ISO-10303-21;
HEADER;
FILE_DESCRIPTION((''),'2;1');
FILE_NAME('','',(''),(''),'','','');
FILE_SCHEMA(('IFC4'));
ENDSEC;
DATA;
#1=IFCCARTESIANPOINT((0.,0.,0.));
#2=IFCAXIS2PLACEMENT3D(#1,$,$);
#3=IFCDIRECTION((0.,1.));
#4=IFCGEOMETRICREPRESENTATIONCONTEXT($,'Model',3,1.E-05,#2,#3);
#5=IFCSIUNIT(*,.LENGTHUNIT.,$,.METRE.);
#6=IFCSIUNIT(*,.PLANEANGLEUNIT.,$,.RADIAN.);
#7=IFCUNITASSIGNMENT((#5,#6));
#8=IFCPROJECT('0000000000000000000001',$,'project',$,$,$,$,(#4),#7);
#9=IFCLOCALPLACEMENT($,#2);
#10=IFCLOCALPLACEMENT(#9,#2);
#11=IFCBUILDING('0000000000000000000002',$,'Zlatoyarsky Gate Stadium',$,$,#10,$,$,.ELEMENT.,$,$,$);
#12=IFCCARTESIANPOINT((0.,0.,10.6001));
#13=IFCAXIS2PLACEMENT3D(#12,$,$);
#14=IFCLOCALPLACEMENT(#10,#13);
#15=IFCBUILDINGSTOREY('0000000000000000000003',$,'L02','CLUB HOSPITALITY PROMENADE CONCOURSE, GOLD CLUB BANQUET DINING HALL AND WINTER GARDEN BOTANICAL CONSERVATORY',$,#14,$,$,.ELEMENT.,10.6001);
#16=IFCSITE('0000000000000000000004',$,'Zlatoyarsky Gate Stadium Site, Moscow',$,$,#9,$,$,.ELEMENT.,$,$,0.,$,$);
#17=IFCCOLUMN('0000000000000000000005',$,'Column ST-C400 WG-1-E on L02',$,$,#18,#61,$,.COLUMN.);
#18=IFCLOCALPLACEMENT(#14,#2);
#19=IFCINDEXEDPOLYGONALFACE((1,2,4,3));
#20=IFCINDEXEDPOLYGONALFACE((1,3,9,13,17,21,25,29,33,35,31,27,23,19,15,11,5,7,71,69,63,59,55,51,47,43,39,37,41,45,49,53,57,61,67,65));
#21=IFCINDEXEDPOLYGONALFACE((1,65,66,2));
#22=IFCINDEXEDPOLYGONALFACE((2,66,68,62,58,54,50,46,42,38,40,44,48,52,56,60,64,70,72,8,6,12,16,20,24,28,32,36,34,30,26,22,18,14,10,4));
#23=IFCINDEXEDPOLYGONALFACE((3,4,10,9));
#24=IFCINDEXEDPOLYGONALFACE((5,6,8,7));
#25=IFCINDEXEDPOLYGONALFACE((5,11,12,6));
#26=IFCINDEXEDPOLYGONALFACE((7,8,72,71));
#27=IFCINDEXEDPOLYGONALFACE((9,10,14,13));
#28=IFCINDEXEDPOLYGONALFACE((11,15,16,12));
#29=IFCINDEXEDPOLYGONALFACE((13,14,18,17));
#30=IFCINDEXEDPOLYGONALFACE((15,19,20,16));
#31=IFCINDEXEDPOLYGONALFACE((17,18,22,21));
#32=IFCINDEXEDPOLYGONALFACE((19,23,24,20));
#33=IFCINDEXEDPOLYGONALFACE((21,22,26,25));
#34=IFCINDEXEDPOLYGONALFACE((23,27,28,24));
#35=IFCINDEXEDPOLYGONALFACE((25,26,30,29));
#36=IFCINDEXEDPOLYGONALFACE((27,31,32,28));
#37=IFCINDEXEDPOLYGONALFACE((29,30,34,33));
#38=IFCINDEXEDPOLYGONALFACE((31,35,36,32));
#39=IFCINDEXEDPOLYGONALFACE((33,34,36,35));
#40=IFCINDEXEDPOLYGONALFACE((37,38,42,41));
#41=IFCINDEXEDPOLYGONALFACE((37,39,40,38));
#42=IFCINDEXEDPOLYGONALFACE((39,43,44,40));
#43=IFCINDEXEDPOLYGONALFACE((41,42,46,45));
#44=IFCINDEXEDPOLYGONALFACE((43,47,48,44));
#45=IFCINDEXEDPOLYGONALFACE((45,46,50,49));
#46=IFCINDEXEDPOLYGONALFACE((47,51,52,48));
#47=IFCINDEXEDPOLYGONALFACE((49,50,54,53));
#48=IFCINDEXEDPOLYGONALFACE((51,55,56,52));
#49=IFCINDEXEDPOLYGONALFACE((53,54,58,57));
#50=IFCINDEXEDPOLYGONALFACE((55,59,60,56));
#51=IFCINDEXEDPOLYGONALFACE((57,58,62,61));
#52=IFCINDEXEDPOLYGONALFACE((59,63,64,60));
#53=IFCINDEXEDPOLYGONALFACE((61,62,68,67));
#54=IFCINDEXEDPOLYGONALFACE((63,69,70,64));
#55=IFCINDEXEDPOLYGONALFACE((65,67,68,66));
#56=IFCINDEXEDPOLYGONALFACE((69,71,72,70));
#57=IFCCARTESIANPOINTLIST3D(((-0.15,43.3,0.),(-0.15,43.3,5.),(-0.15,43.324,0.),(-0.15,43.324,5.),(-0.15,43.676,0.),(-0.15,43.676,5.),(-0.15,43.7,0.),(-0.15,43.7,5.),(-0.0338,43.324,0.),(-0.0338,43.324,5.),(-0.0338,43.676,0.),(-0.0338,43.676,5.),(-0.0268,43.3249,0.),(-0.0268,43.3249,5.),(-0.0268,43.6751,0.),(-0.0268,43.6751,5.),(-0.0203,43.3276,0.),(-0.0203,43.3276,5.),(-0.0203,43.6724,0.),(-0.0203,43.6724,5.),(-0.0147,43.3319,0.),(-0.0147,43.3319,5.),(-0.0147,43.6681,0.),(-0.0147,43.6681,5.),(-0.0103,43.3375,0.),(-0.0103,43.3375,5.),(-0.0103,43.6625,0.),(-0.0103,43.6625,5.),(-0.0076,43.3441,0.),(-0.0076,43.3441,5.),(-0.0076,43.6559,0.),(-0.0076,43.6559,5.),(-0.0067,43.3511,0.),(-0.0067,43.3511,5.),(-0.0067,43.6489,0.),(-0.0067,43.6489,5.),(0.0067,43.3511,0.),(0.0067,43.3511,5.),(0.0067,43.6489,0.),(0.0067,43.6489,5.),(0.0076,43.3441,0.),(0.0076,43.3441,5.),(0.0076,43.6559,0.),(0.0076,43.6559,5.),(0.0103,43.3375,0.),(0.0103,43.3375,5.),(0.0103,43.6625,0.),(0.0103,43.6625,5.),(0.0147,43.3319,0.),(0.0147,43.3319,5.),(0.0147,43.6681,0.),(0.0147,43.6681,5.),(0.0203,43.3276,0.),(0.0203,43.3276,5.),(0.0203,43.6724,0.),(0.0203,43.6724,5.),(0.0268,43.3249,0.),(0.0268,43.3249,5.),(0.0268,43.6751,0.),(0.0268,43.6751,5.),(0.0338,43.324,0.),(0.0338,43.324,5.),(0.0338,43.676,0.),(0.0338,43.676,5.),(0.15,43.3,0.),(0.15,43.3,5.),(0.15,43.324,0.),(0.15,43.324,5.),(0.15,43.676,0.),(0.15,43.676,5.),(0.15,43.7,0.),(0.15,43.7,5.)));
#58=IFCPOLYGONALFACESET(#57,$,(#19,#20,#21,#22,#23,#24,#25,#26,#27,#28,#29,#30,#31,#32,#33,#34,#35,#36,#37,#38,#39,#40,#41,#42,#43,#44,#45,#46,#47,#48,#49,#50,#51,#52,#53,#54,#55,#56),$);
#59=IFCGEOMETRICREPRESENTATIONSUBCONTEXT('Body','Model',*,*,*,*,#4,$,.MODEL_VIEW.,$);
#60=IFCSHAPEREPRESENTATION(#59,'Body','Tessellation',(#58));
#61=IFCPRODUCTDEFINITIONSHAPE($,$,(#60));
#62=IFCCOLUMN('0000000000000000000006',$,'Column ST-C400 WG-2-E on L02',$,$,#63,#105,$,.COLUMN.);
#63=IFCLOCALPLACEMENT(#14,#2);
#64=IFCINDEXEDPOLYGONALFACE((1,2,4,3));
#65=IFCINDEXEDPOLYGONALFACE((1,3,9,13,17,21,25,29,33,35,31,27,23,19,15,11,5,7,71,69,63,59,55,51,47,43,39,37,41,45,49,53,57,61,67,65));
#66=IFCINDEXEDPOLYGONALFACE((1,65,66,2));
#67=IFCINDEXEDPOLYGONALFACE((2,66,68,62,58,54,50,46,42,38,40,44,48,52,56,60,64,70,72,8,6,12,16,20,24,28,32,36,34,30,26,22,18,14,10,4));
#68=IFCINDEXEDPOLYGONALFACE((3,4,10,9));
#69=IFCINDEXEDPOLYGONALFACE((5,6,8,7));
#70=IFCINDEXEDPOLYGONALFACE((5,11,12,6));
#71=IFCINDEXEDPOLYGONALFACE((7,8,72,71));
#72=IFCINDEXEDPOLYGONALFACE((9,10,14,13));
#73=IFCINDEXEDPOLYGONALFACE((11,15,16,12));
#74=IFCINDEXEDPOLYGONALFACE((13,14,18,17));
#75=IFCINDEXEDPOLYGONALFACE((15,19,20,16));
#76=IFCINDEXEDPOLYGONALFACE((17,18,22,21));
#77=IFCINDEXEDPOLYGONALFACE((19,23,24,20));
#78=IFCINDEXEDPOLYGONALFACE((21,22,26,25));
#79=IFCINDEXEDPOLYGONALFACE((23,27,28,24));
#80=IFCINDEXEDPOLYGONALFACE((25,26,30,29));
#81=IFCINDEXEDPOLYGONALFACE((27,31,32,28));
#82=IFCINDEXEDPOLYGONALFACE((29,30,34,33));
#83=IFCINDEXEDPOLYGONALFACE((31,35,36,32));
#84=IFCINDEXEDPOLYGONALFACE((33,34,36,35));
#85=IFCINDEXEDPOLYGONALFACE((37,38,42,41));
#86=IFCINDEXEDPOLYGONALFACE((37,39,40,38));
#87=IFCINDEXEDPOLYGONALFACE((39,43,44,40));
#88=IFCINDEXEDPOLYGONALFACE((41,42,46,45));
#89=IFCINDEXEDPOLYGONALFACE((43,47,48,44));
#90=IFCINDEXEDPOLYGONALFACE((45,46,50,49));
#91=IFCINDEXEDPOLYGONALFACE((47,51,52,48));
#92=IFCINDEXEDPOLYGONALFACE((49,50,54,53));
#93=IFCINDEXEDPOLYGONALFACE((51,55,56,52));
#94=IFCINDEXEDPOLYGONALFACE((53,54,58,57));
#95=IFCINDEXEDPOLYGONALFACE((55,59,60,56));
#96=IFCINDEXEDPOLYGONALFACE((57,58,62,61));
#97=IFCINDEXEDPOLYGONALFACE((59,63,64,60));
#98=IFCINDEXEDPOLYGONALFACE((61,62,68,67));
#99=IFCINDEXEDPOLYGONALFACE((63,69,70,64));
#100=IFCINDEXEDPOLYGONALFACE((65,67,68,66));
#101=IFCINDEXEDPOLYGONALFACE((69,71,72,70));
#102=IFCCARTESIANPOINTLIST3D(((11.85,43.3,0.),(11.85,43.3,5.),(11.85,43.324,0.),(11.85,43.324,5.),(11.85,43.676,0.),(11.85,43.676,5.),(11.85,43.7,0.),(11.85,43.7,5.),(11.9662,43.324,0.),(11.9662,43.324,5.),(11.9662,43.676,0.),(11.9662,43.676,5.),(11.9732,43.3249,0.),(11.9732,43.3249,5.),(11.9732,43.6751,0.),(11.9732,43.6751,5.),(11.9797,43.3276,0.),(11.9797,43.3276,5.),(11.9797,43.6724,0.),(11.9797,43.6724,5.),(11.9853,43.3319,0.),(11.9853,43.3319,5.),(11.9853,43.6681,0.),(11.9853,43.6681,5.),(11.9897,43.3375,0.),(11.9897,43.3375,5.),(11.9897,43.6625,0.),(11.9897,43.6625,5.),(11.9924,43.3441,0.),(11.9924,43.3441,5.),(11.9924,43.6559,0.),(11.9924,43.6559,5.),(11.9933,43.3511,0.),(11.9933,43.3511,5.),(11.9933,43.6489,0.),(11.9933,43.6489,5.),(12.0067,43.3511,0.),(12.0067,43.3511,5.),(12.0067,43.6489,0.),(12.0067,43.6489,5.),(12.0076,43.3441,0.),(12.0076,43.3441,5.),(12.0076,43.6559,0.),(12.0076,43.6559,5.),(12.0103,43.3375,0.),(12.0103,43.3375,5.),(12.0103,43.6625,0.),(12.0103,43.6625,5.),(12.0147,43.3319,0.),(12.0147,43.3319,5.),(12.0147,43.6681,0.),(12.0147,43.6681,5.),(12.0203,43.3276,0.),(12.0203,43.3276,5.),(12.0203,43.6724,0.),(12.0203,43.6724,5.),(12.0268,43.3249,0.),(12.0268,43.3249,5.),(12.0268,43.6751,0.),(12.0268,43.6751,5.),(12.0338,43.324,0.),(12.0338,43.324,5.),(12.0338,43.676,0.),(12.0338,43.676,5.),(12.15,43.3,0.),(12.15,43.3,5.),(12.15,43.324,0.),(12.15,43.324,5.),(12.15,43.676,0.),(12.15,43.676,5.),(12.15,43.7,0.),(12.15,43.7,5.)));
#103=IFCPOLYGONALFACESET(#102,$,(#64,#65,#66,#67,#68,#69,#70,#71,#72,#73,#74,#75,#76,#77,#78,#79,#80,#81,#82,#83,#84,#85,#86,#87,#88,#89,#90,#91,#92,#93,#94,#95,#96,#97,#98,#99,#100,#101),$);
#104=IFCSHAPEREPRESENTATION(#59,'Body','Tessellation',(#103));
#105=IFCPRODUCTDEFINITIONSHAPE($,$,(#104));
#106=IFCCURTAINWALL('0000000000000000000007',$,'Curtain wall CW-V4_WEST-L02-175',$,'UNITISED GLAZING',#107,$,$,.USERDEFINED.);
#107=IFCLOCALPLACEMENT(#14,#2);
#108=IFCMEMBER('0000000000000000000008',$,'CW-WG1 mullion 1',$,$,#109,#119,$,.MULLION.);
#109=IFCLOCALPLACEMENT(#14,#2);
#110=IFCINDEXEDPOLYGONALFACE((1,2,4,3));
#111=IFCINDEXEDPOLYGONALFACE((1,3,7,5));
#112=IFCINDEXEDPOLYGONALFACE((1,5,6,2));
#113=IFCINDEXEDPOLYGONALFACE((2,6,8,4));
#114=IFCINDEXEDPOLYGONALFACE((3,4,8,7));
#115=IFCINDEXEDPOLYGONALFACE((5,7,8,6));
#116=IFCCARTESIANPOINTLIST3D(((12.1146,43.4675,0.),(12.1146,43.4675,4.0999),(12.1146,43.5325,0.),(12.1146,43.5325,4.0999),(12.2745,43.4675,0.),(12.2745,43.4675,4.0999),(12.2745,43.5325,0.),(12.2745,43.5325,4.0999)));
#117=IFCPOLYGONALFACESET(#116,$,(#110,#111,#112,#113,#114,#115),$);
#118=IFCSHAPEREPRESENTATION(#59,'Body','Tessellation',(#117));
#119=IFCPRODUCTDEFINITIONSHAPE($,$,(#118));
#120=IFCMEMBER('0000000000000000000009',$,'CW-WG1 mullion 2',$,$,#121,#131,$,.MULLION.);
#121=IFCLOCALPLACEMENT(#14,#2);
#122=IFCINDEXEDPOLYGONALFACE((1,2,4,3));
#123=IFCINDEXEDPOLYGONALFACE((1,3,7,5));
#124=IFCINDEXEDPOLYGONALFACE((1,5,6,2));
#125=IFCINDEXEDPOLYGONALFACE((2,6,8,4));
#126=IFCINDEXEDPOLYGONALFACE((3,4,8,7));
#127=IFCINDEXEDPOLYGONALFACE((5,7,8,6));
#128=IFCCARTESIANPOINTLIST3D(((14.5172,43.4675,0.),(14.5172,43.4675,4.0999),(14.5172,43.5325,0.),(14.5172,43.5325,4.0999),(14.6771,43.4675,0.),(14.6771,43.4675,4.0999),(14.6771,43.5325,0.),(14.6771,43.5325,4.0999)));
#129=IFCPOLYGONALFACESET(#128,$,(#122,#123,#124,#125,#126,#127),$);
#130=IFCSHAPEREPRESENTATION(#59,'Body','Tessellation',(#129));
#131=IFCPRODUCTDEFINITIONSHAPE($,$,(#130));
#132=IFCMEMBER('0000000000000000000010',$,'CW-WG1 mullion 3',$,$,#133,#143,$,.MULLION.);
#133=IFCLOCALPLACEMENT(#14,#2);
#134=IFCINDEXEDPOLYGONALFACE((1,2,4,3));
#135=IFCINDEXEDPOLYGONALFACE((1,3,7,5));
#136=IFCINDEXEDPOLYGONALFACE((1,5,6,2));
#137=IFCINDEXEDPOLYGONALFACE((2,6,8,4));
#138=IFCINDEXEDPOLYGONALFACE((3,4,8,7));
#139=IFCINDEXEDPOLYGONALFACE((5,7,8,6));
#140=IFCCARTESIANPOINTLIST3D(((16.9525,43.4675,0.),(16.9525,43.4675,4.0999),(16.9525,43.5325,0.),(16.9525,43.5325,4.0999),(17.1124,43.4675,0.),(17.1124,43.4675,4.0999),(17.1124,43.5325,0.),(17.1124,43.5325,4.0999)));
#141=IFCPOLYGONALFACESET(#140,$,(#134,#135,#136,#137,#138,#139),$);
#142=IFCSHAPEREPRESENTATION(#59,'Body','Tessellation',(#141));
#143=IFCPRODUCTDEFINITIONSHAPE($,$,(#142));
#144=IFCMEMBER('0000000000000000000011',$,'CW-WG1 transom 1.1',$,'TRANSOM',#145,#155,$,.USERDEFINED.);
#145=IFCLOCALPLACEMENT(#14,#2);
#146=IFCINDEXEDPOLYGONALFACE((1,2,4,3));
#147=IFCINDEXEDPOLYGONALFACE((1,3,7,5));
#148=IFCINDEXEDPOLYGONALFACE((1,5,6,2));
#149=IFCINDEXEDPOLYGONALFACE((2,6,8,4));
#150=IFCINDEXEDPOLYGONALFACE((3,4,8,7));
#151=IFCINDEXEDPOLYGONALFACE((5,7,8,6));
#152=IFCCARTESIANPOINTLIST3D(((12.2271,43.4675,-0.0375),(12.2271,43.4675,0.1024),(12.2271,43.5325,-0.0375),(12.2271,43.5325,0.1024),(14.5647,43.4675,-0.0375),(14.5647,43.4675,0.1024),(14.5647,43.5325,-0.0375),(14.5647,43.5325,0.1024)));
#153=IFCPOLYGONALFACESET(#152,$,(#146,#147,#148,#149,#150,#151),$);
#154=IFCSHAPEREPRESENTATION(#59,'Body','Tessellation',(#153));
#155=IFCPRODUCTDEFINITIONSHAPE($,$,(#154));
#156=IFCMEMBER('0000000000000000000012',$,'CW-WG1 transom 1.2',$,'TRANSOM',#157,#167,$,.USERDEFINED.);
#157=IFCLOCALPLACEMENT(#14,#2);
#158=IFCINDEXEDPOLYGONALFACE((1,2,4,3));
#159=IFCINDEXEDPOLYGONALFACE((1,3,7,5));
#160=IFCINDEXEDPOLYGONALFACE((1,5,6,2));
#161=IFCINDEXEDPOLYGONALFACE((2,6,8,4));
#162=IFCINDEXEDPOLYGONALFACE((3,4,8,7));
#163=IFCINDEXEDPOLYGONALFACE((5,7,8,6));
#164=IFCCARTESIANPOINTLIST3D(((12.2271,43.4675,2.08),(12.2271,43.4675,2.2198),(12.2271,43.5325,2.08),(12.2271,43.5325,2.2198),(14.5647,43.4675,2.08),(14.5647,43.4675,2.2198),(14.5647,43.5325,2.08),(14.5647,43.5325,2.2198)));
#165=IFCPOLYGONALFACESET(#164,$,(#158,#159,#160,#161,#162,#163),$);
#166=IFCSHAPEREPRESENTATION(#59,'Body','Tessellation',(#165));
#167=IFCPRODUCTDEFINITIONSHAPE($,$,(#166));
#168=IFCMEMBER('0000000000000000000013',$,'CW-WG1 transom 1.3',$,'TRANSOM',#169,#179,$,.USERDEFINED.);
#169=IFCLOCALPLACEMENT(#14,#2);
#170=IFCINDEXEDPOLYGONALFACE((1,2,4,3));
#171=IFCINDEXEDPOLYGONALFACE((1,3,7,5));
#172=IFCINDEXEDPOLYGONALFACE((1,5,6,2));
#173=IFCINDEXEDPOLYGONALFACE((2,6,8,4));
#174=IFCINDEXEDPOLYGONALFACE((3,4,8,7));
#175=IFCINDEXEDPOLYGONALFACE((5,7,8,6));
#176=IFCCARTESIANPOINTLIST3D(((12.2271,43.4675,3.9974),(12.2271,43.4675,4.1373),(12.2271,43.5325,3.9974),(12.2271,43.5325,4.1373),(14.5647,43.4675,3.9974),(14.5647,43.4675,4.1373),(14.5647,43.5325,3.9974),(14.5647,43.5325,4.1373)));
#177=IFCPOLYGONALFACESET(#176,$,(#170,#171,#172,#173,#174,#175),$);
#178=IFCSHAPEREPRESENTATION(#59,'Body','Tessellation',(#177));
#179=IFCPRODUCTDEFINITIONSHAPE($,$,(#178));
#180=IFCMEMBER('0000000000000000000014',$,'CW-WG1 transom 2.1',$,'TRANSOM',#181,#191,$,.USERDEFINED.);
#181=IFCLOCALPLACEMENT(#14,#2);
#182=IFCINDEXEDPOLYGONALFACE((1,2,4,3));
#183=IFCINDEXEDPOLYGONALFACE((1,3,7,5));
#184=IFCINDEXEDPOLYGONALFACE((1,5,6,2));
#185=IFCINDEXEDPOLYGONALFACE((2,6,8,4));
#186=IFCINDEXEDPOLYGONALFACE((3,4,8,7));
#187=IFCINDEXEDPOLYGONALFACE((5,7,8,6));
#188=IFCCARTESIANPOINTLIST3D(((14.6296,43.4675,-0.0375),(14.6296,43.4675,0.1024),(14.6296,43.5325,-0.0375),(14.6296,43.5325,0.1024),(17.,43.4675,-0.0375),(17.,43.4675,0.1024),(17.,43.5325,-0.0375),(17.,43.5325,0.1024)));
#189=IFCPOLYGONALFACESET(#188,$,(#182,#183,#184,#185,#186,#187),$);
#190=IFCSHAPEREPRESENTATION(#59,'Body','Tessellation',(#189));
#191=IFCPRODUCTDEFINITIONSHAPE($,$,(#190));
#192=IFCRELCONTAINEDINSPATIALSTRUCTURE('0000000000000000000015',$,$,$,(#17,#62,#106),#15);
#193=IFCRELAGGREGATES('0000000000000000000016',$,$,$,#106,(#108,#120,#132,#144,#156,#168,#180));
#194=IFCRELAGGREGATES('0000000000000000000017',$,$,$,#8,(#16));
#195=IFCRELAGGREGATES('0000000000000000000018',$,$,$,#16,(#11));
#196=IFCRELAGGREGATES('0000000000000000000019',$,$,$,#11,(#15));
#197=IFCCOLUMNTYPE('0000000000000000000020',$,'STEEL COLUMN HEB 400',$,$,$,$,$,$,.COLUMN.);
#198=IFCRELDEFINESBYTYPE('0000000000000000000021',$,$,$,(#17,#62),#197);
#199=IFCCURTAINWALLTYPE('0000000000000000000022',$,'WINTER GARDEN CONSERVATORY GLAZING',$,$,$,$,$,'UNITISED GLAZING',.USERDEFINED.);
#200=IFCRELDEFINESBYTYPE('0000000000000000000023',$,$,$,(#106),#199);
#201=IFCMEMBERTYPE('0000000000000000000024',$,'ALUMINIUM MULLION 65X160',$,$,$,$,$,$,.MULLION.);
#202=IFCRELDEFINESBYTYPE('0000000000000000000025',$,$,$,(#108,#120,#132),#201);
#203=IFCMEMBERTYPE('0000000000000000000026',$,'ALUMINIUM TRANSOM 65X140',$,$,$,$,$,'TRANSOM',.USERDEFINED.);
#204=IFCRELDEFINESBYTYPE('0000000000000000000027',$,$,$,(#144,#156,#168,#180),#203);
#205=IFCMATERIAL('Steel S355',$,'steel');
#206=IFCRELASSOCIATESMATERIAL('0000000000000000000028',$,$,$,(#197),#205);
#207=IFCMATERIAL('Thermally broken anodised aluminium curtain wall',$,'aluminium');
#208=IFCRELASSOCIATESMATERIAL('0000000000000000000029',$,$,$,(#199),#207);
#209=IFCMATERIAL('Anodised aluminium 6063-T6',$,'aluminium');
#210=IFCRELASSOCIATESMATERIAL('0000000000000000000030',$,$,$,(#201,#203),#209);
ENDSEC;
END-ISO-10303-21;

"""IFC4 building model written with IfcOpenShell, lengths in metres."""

from ifc_helpers import new_model, si_unit, direction, frame, origin, origin_2d, place, context, subcontext, project, spatial, rectangle, i_section, extrude, material, material_profile, profile_set, type_object, element, aggregate, save


model = new_model("IFC4")

# Units and contexts
model_context = context("Model", 3, precision=1e-05, world=origin(), true_north=direction((0.0, 1.0)))
body_context = subcontext(model_context, "Body", "Model", "MODEL_VIEW")
ifc_project = project(units=[si_unit("LENGTHUNIT", "METRE"), si_unit("PLANEANGLEUNIT", "RADIAN")], contexts=[model_context])

# Site, building, storey
site_placement = place(None, origin())
site = spatial("IfcSite", under=ifc_project, at=site_placement, Name="Zlatoyarsky Gate Stadium Site, Moscow", CompositionType="ELEMENT", RefElevation=0.0)
building_placement = place(site_placement, origin())
building = spatial("IfcBuilding", under=site, at=building_placement, Name="Zlatoyarsky Gate Stadium", CompositionType="ELEMENT")
storey_placement = place(building_placement, frame((0.0, 0.0, 10.6001)))
storey = spatial("IfcBuildingStorey", under=building, at=storey_placement, Name="L02", Description="CLUB HOSPITALITY PROMENADE CONCOURSE, GOLD CLUB BANQUET DINING HALL AND WINTER GARDEN BOTANICAL CONSERVATORY", CompositionType="ELEMENT", Elevation=10.6001)

# Columns
ifc_material_1 = material(Name="Steel S355", Category="steel")
ifc_material_profile_1 = material_profile(ifc_material_1, i_section(OverallWidth=0.3, OverallDepth=0.3999, WebThickness=0.0134, FlangeThickness=0.0239, FilletRadius=0.0271, at=origin_2d()), Name="HEB 400")
ifc_profile_set_1 = profile_set([ifc_material_profile_1], Name="Steel S355")
column_type = type_object("IfcColumnType", Name="STEEL COLUMN HEB 400", PredefinedType="COLUMN", material=ifc_profile_set_1)
for number, where, z_axis, x_axis, name in (
    (1, (0.0, 43.5, 0.0), (0.0, 0.0, 1.0), (1.0, 0.0, 0.0), "Column ST-C400 WG-1-E on L02"),
    (2, (12.0, 43.5, 0.0), (0.0, 0.0, 1.0), (1.0, 0.0, 0.0), "Column ST-C400 WG-2-E on L02"),
):
    element("IfcColumn", number, at=place(storey_placement, frame(where, z_axis=z_axis, x_axis=x_axis)), inside=storey, type_object=column_type, Name=name, PredefinedType="COLUMN", context=body_context, shape_type="SweptSolid", body=[
        extrude(i_section(OverallWidth=0.3, OverallDepth=0.3999, WebThickness=0.0134, FlangeThickness=0.0239, FilletRadius=0.0271, at=origin_2d()), origin(), (0.0, 0.0, 1.0), 5.0),
    ])

# Curtain wall, members
ifc_material_2 = material(Name="Thermally broken anodised aluminium curtain wall", Category="aluminium")
curtain_wall_type = type_object("IfcCurtainWallType", Name="WINTER GARDEN CONSERVATORY GLAZING", ElementType="UNITISED GLAZING", PredefinedType="USERDEFINED", material=ifc_material_2)
curtain_wall_placement = place(storey_placement, origin())
curtain_wall = element("IfcCurtainWall", 3, at=curtain_wall_placement, inside=storey, type_object=curtain_wall_type, Name="Curtain wall CW-V4_WEST-L02-175", ObjectType="UNITISED GLAZING", PredefinedType="USERDEFINED")
ifc_material_3 = material(Name="Anodised aluminium 6063-T6", Category="aluminium")
ifc_material_profile_2 = material_profile(ifc_material_3, rectangle(XDim=0.0649, YDim=0.1599, at=origin_2d()), Name="ALU 65X160")
ifc_profile_set_2 = profile_set([ifc_material_profile_2], Name="Anodised aluminium 6063-T6")
member_type_1 = type_object("IfcMemberType", Name="ALUMINIUM MULLION 65X160", PredefinedType="MULLION", material=ifc_profile_set_2)
member_1_placement = place(storey_placement, frame((12.1946, 43.5, 0.0), z_axis=(0.0, 0.0, 1.0), x_axis=(0.0, 1.0, 0.0)))
member_1 = element("IfcMember", 4, at=member_1_placement, type_object=member_type_1, Name="CW-WG1 mullion 1", PredefinedType="MULLION", context=body_context, shape_type="SweptSolid", body=[
    extrude(rectangle(XDim=0.0649, YDim=0.1599, at=origin_2d()), origin(), (0.0, 0.0, 1.0), 4.0999),
])
member_2_placement = place(storey_placement, frame((14.5972, 43.5, 0.0), z_axis=(0.0, 0.0, 1.0), x_axis=(0.0, 1.0, 0.0)))
member_2 = element("IfcMember", 5, at=member_2_placement, type_object=member_type_1, Name="CW-WG1 mullion 2", PredefinedType="MULLION", context=body_context, shape_type="SweptSolid", body=[
    extrude(rectangle(XDim=0.0649, YDim=0.1599, at=origin_2d()), origin(), (0.0, 0.0, 1.0), 4.0999),
])
member_3_placement = place(storey_placement, frame((17.0325, 43.5, 0.0), z_axis=(0.0, 0.0, 1.0), x_axis=(0.0, 1.0, 0.0)))
member_3 = element("IfcMember", 6, at=member_3_placement, type_object=member_type_1, Name="CW-WG1 mullion 3", PredefinedType="MULLION", context=body_context, shape_type="SweptSolid", body=[
    extrude(rectangle(XDim=0.0649, YDim=0.1599, at=origin_2d()), origin(), (0.0, 0.0, 1.0), 4.0999),
])
ifc_material_profile_3 = material_profile(ifc_material_3, rectangle(XDim=0.0649, YDim=0.1399, at=origin_2d()), Name="ALU 65X140")
ifc_profile_set_3 = profile_set([ifc_material_profile_3], Name="Anodised aluminium 6063-T6")
member_type_2 = type_object("IfcMemberType", Name="ALUMINIUM TRANSOM 65X140", ElementType="TRANSOM", PredefinedType="USERDEFINED", material=ifc_profile_set_3)
member_4_placement = place(storey_placement, frame((12.2271, 43.5, 0.0325), z_axis=(1.0, 0.0, 0.0), x_axis=(0.0, 1.0, 0.0)))
member_4 = element("IfcMember", 7, at=member_4_placement, type_object=member_type_2, Name="CW-WG1 transom 1.1", ObjectType="TRANSOM", PredefinedType="USERDEFINED", context=body_context, shape_type="SweptSolid", body=[
    extrude(rectangle(XDim=0.0649, YDim=0.1399, at=origin_2d()), origin(), (0.0, 0.0, 1.0), 2.3376),
])
member_5_placement = place(storey_placement, frame((12.2271, 43.5, 2.1499), z_axis=(1.0, 0.0, 0.0), x_axis=(0.0, 1.0, 0.0)))
member_5 = element("IfcMember", 8, at=member_5_placement, type_object=member_type_2, Name="CW-WG1 transom 1.2", ObjectType="TRANSOM", PredefinedType="USERDEFINED", context=body_context, shape_type="SweptSolid", body=[
    extrude(rectangle(XDim=0.0649, YDim=0.1399, at=origin_2d()), origin(), (0.0, 0.0, 1.0), 2.3376),
])
member_6_placement = place(storey_placement, frame((12.2271, 43.5, 4.0674), z_axis=(1.0, 0.0, 0.0), x_axis=(0.0, 1.0, 0.0)))
member_6 = element("IfcMember", 9, at=member_6_placement, type_object=member_type_2, Name="CW-WG1 transom 1.3", ObjectType="TRANSOM", PredefinedType="USERDEFINED", context=body_context, shape_type="SweptSolid", body=[
    extrude(rectangle(XDim=0.0649, YDim=0.1399, at=origin_2d()), origin(), (0.0, 0.0, 1.0), 2.3376),
])
member_7_placement = place(storey_placement, frame((14.6296, 43.5, 0.0325), z_axis=(1.0, 0.0, 0.0), x_axis=(0.0, 1.0, 0.0)))
member_7 = element("IfcMember", 10, at=member_7_placement, type_object=member_type_2, Name="CW-WG1 transom 2.1", ObjectType="TRANSOM", PredefinedType="USERDEFINED", context=body_context, shape_type="SweptSolid", body=[
    extrude(rectangle(XDim=0.0649, YDim=0.1399, at=origin_2d()), origin(), (0.0, 0.0, 1.0), 2.3704),
])

aggregate(curtain_wall, [member_1, member_2, member_3, member_4, member_5, member_6, member_7])

save(model, "model.ifc")
